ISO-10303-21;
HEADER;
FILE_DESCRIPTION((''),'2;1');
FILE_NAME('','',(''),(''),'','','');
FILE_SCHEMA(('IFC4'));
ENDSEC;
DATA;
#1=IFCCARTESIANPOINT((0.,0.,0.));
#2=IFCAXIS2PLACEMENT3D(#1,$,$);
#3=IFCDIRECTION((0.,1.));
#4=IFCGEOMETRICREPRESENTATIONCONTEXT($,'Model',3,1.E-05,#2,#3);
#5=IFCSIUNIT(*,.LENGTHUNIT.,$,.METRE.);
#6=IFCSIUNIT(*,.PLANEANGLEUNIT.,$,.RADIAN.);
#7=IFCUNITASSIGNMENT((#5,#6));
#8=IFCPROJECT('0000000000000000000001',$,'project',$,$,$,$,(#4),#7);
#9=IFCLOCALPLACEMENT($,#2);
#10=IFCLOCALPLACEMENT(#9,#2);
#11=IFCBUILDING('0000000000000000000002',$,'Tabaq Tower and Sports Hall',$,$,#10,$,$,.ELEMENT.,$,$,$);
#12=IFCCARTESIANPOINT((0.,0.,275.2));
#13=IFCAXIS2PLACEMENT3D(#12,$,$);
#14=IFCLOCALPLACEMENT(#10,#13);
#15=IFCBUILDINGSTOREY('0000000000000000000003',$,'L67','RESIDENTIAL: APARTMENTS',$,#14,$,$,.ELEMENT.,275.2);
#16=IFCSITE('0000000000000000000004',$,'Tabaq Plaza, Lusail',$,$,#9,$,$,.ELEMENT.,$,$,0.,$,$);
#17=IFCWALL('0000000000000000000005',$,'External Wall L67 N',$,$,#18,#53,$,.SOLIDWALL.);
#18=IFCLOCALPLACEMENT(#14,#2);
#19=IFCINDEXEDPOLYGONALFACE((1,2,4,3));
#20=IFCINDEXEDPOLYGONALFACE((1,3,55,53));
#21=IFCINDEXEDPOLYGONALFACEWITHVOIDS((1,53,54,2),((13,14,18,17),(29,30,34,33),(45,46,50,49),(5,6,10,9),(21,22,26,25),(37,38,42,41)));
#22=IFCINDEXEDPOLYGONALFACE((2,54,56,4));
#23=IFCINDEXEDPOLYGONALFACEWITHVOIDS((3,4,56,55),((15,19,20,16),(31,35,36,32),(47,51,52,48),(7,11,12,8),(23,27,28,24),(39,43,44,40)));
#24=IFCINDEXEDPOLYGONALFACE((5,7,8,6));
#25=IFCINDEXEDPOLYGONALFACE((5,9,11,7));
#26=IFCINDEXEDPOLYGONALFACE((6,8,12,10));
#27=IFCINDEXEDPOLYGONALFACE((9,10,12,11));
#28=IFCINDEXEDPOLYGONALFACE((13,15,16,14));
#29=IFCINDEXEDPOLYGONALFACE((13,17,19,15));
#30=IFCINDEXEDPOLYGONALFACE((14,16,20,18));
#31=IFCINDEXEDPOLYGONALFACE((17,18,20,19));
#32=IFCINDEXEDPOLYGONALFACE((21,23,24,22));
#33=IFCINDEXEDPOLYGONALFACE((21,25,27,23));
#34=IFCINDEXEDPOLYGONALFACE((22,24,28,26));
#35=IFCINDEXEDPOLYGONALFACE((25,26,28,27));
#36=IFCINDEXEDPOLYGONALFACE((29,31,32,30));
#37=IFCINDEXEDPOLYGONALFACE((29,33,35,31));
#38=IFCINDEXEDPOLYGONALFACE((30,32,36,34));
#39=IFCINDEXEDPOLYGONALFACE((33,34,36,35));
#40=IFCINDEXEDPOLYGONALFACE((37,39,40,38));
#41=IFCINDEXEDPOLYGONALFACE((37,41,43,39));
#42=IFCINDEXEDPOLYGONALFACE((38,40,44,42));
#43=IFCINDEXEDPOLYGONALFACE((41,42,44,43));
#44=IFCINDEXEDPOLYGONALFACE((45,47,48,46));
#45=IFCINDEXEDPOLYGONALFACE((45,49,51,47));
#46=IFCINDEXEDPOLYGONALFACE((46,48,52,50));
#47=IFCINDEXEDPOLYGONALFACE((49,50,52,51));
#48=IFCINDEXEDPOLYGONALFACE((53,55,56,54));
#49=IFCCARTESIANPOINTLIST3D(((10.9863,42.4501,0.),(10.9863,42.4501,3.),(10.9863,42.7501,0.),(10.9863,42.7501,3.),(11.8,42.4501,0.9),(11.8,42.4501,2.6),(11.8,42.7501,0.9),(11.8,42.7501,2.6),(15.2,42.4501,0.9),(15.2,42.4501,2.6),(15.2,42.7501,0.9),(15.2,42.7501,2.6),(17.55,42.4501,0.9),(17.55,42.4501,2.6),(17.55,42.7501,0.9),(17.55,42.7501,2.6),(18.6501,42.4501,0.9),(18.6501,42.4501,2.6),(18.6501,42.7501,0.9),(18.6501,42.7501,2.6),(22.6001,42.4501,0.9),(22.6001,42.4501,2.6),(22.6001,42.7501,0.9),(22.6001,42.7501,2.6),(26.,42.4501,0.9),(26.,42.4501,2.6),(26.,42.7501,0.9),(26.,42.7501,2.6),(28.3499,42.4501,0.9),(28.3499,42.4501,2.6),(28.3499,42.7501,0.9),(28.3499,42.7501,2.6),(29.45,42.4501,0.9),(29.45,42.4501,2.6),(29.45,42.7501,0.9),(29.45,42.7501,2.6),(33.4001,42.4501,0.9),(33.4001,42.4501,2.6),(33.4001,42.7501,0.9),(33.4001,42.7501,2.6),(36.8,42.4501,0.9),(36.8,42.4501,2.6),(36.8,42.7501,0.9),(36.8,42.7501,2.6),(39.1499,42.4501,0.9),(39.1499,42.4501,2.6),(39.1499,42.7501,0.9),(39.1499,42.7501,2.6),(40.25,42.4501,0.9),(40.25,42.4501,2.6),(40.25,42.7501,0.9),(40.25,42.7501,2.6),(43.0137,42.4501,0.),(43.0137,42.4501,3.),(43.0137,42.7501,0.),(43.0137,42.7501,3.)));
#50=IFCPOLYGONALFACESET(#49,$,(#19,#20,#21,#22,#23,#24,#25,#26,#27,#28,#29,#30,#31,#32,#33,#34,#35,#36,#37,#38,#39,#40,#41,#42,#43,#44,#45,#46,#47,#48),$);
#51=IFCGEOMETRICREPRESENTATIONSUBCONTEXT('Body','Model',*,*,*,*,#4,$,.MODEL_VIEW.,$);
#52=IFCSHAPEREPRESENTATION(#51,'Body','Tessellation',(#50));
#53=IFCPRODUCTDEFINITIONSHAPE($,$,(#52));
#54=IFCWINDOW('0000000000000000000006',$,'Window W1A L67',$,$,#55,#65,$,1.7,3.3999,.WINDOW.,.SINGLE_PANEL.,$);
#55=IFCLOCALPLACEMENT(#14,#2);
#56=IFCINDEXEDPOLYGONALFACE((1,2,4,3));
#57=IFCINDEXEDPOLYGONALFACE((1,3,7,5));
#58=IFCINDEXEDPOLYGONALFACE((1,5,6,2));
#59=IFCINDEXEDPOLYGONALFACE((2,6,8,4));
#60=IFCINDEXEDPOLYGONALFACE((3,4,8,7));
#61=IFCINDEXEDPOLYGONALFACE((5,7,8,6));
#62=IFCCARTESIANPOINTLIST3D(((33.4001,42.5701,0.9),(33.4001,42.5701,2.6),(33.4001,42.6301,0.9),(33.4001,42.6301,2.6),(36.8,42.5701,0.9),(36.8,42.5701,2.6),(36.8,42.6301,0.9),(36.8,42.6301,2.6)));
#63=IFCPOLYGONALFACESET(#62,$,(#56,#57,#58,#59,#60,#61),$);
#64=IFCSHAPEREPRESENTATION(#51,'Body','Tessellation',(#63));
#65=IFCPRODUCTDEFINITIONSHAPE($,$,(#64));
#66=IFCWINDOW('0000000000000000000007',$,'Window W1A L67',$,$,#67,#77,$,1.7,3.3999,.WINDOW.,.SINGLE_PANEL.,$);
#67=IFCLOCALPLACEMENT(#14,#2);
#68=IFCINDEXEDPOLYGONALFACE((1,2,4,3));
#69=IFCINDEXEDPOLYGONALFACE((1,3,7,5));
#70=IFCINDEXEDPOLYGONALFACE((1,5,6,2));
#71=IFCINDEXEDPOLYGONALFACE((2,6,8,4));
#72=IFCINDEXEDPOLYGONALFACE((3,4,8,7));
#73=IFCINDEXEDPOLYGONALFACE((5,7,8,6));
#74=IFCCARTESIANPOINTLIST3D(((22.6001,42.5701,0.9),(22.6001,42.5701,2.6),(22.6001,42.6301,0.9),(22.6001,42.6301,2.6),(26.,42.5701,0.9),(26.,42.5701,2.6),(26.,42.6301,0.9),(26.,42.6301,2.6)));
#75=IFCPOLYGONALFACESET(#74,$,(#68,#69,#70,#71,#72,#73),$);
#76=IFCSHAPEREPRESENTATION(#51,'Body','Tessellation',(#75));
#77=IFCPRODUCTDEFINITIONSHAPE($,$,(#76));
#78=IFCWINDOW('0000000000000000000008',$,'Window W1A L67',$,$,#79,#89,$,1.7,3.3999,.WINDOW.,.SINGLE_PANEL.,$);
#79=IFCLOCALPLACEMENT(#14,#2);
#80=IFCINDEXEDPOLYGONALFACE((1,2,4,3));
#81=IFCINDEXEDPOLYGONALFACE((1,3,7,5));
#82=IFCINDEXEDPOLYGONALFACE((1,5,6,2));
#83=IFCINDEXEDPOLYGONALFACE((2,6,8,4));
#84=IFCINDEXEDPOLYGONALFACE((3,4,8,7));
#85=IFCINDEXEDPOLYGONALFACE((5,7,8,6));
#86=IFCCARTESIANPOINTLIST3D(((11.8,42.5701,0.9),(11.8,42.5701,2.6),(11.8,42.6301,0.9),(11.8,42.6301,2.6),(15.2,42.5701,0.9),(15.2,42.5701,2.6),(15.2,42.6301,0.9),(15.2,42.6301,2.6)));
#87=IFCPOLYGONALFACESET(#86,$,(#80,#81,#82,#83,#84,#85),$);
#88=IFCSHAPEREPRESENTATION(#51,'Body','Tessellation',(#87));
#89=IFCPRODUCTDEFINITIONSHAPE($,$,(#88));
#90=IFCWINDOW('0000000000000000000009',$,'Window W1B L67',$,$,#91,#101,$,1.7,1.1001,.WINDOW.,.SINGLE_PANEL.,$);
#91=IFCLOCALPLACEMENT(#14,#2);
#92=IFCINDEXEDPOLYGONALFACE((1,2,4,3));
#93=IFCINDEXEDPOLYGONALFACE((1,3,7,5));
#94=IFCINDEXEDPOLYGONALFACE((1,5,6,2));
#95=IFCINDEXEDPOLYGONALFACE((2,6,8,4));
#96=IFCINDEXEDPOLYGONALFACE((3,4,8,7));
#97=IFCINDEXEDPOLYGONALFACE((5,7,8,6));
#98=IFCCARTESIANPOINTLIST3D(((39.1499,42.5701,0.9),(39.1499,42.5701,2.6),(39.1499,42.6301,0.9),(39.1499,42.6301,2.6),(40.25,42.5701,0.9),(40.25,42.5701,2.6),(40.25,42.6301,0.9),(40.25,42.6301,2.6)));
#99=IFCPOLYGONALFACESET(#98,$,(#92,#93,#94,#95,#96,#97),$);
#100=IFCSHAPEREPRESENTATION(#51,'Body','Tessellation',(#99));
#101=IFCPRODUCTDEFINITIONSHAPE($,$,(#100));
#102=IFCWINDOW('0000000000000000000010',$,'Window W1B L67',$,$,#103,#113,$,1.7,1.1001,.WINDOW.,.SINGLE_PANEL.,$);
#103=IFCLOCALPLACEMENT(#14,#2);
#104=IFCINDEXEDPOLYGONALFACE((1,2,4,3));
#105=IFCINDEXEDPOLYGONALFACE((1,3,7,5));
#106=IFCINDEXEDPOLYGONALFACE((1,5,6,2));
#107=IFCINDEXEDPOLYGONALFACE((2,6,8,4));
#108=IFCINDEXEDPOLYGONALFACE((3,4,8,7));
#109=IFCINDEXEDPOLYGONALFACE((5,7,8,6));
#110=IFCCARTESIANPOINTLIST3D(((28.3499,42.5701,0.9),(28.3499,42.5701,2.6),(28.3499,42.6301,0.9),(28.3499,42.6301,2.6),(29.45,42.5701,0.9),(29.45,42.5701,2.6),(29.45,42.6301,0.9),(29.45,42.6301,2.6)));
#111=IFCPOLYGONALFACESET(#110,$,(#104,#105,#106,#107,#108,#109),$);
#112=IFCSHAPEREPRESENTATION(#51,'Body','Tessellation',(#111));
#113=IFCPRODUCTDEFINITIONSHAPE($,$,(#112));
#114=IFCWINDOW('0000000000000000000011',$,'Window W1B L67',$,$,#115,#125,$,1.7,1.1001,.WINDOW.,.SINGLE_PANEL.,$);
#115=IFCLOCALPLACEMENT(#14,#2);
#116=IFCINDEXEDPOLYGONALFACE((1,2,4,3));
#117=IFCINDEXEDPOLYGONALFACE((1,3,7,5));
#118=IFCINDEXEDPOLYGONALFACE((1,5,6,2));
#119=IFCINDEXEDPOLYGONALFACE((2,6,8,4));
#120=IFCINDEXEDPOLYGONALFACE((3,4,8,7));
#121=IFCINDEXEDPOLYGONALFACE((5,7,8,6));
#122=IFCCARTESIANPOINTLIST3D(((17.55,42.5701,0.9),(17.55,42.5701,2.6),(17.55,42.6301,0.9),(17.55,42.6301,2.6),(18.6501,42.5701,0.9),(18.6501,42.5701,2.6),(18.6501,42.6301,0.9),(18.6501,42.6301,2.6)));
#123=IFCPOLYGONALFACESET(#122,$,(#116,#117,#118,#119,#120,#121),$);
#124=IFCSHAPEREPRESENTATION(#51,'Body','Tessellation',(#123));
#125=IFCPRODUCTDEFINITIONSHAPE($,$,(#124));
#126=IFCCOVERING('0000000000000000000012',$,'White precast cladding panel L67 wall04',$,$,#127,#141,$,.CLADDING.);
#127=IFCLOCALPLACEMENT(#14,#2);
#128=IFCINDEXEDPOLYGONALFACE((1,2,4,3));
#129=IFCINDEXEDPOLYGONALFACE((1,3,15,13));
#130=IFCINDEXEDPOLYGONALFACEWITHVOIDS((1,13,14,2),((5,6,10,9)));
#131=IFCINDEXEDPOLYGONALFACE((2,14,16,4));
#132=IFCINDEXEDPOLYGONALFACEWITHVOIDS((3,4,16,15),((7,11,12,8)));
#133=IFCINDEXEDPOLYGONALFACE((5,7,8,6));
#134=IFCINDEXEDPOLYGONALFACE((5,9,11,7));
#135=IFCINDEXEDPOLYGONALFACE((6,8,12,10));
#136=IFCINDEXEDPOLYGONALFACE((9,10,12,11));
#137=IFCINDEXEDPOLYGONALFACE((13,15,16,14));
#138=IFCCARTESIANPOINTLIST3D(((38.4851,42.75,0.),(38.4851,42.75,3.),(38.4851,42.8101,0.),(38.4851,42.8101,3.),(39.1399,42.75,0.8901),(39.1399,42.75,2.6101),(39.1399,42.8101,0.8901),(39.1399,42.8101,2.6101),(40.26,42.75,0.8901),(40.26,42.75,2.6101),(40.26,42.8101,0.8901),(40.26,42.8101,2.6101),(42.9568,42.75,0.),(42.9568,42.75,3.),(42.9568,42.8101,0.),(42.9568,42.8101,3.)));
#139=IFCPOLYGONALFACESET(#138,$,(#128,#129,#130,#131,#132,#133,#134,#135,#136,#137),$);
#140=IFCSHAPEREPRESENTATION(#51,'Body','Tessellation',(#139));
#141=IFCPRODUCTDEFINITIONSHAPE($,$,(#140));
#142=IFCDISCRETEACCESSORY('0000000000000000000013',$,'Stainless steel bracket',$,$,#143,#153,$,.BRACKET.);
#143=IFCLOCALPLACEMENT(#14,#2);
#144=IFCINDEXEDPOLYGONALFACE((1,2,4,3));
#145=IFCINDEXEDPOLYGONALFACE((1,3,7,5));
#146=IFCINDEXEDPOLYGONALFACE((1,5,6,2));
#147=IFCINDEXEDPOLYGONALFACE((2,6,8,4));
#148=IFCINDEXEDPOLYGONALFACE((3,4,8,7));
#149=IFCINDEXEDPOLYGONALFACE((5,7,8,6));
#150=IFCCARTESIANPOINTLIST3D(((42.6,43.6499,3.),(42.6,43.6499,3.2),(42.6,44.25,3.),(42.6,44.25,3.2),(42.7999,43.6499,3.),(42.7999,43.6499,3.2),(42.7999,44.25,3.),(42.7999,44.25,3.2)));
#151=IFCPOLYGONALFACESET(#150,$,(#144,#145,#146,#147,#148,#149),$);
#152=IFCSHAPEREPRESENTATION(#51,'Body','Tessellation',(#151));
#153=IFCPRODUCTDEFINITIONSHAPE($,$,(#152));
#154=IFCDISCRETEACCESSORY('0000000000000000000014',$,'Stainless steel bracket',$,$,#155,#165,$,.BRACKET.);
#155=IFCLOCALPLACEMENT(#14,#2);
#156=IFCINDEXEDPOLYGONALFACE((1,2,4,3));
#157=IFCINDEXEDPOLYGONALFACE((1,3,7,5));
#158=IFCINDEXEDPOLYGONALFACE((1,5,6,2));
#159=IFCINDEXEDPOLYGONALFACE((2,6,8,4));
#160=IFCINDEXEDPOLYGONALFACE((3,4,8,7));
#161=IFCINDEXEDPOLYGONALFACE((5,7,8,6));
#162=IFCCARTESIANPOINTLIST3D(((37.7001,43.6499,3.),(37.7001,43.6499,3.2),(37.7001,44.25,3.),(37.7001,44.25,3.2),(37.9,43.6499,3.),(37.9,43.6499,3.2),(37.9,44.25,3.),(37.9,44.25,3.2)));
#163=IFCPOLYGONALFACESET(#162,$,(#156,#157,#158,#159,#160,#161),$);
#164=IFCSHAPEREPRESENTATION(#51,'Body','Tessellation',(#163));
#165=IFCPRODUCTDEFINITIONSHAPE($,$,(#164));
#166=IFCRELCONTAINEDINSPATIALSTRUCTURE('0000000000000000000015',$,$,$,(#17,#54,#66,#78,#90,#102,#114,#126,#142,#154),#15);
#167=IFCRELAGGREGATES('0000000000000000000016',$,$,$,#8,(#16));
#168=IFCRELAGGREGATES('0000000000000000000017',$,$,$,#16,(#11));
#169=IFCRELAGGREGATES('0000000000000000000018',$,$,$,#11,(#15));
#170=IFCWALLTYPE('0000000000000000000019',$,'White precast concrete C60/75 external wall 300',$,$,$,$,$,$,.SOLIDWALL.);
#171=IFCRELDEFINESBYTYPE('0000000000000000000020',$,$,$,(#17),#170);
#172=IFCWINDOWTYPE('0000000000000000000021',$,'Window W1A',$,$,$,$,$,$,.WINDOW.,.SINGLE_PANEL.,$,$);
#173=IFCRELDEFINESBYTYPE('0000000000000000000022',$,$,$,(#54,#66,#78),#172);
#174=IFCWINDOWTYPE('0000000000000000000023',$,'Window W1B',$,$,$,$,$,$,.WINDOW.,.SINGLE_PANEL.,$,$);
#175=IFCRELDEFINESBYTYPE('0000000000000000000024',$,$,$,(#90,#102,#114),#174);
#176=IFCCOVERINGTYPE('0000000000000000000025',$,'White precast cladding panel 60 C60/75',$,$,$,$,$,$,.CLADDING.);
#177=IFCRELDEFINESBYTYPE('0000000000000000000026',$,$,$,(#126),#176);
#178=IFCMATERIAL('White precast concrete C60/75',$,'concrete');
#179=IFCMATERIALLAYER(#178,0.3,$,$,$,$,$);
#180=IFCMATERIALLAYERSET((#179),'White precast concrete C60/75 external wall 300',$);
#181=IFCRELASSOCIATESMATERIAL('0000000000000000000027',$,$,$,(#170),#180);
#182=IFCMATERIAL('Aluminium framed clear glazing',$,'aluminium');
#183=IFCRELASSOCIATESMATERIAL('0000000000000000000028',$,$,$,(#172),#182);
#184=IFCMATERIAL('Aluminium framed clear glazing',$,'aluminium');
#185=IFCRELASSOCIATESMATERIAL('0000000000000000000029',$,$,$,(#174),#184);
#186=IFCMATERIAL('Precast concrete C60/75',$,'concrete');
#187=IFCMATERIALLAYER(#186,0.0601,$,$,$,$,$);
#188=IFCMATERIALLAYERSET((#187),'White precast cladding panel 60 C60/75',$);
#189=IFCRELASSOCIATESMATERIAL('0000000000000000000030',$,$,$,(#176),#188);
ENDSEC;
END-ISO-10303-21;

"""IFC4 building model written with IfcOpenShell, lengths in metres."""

from ifc_helpers import new_model, si_unit, direction, frame, frame_2d, origin, origin_2d, place, context, subcontext, project, spatial, polyline, rectangle, outline, extrude, material, layer, layer_set, type_object, element, fill, save


model = new_model("IFC4")

# Units and contexts
model_context = context("Model", 3, precision=1e-05, world=origin(), true_north=direction((0.0, 1.0)))
body_context = subcontext(model_context, "Body", "Model", "MODEL_VIEW")
ifc_project = project(units=[si_unit("LENGTHUNIT", "METRE"), si_unit("PLANEANGLEUNIT", "RADIAN")], contexts=[model_context])

# Site, building, storey
site_placement = place(None, origin())
site = spatial("IfcSite", under=ifc_project, at=site_placement, Name="Tabaq Plaza, Lusail", CompositionType="ELEMENT", RefElevation=0.0)
building_placement = place(site_placement, origin())
building = spatial("IfcBuilding", under=site, at=building_placement, Name="Tabaq Tower and Sports Hall", CompositionType="ELEMENT")
storey_placement = place(building_placement, frame((0.0, 0.0, 275.2)))
storey = spatial("IfcBuildingStorey", under=building, at=storey_placement, Name="L67", Description="RESIDENTIAL: APARTMENTS", CompositionType="ELEMENT", Elevation=275.2)

# Wall, openings, windows
ifc_material_1 = material(Name="White precast concrete C60/75", Category="concrete")
ifc_layer_1 = layer(ifc_material_1, 0.3)
ifc_layer_set_1 = layer_set([ifc_layer_1], Name="White precast concrete C60/75 external wall 300")
wall_type_1 = type_object("IfcWallType", Name="White precast concrete C60/75 external wall 300", PredefinedType="SOLIDWALL", material=ifc_layer_set_1)
wall_1_placement = place(storey_placement, frame((43.0137, 42.6001, 0.0), z_axis=(0.0, 0.0, 1.0), x_axis=(-1.0, 0.0, 0.0)))
wall_1 = element("IfcWall", 1, at=wall_1_placement, inside=storey, type_object=wall_type_1, Name="External Wall L67 N", PredefinedType="SOLIDWALL", context=body_context, shape_type="SweptSolid", body=[
    extrude(rectangle(XDim=32.0273, YDim=0.3, at=frame_2d((16.0137, 0.0))), origin(), (0.0, 0.0, 1.0), 3.0),
])
opening_1_placement = place(wall_1_placement, frame((2.7637, 0.0, 0.8999)))
opening_1 = element("IfcOpeningElement", 2, at=opening_1_placement, cuts=wall_1, PredefinedType="OPENING", context=body_context, shape_type="SweptSolid", body=[
    extrude(rectangle(XDim=1.1001, YDim=1.7, at=frame_2d((0.55, 0.8501))), frame((0.0, 0.1602, 0.0), z_axis=(0.0, -1.0, 0.0), x_axis=(1.0, 0.0, 0.0)), (0.0, 0.0, 1.0), 0.3201),
])
opening_2_placement = place(wall_1_placement, frame((6.2136, 0.0, 0.8999)))
opening_2 = element("IfcOpeningElement", 3, at=opening_2_placement, cuts=wall_1, PredefinedType="OPENING", context=body_context, shape_type="SweptSolid", body=[
    extrude(rectangle(XDim=3.3999, YDim=1.7, at=frame_2d((1.7, 0.8501))), frame((0.0, 0.1602, 0.0), z_axis=(0.0, -1.0, 0.0), x_axis=(1.0, 0.0, 0.0)), (0.0, 0.0, 1.0), 0.3201),
])
opening_3_placement = place(wall_1_placement, frame((13.5637, 0.0, 0.8999)))
opening_3 = element("IfcOpeningElement", 4, at=opening_3_placement, cuts=wall_1, PredefinedType="OPENING", context=body_context, shape_type="SweptSolid", body=[
    extrude(rectangle(XDim=1.1001, YDim=1.7, at=frame_2d((0.55, 0.8501))), frame((0.0, 0.1602, 0.0), z_axis=(0.0, -1.0, 0.0), x_axis=(1.0, 0.0, 0.0)), (0.0, 0.0, 1.0), 0.3201),
])
opening_4_placement = place(wall_1_placement, frame((17.0137, 0.0, 0.8999)))
opening_4 = element("IfcOpeningElement", 5, at=opening_4_placement, cuts=wall_1, PredefinedType="OPENING", context=body_context, shape_type="SweptSolid", body=[
    extrude(rectangle(XDim=3.3999, YDim=1.7, at=frame_2d((1.7, 0.8501))), frame((0.0, 0.1602, 0.0), z_axis=(0.0, -1.0, 0.0), x_axis=(1.0, 0.0, 0.0)), (0.0, 0.0, 1.0), 0.3201),
])
opening_5_placement = place(wall_1_placement, frame((24.3635, 0.0, 0.8999)))
opening_5 = element("IfcOpeningElement", 6, at=opening_5_placement, cuts=wall_1, PredefinedType="OPENING", context=body_context, shape_type="SweptSolid", body=[
    extrude(rectangle(XDim=1.1001, YDim=1.7, at=frame_2d((0.55, 0.8501))), frame((0.0, 0.1602, 0.0), z_axis=(0.0, -1.0, 0.0), x_axis=(1.0, 0.0, 0.0)), (0.0, 0.0, 1.0), 0.3201),
])
opening_6_placement = place(wall_1_placement, frame((27.8137, 0.0, 0.8999)))
opening_6 = element("IfcOpeningElement", 7, at=opening_6_placement, cuts=wall_1, PredefinedType="OPENING", context=body_context, shape_type="SweptSolid", body=[
    extrude(rectangle(XDim=3.3999, YDim=1.7, at=frame_2d((1.7, 0.8501))), frame((0.0, 0.1602, 0.0), z_axis=(0.0, -1.0, 0.0), x_axis=(1.0, 0.0, 0.0)), (0.0, 0.0, 1.0), 0.3201),
])
ifc_material_2 = material(Name="Aluminium framed clear glazing", Category="aluminium")
window_type_1 = type_object("IfcWindowType", Name="Window W1A", PartitioningType="SINGLE_PANEL", PredefinedType="WINDOW", material=ifc_material_2)
window_1_placement = place(opening_2_placement, origin())
window_1 = element("IfcWindow", 8, at=window_1_placement, inside=storey, type_object=window_type_1, Name="Window W1A L67", OverallHeight=1.7, OverallWidth=3.3999, PartitioningType="SINGLE_PANEL", PredefinedType="WINDOW", context=body_context, shape_type="SweptSolid", body=[
    extrude(rectangle(XDim=3.3999, YDim=1.7, at=frame_2d((1.7, 0.8501))), frame((0.0, 0.03, 0.0), z_axis=(0.0, -1.0, 0.0), x_axis=(1.0, 0.0, 0.0)), (0.0, 0.0, 1.0), 0.0601),
])
fill(opening_2, window_1)
window_2_placement = place(opening_4_placement, origin())
window_2 = element("IfcWindow", 9, at=window_2_placement, inside=storey, type_object=window_type_1, Name="Window W1A L67", OverallHeight=1.7, OverallWidth=3.3999, PartitioningType="SINGLE_PANEL", PredefinedType="WINDOW", context=body_context, shape_type="SweptSolid", body=[
    extrude(rectangle(XDim=3.3999, YDim=1.7, at=frame_2d((1.7, 0.8501))), frame((0.0, 0.03, 0.0), z_axis=(0.0, -1.0, 0.0), x_axis=(1.0, 0.0, 0.0)), (0.0, 0.0, 1.0), 0.0601),
])
fill(opening_4, window_2)
window_3_placement = place(opening_6_placement, origin())
window_3 = element("IfcWindow", 10, at=window_3_placement, inside=storey, type_object=window_type_1, Name="Window W1A L67", OverallHeight=1.7, OverallWidth=3.3999, PartitioningType="SINGLE_PANEL", PredefinedType="WINDOW", context=body_context, shape_type="SweptSolid", body=[
    extrude(rectangle(XDim=3.3999, YDim=1.7, at=frame_2d((1.7, 0.8501))), frame((0.0, 0.03, 0.0), z_axis=(0.0, -1.0, 0.0), x_axis=(1.0, 0.0, 0.0)), (0.0, 0.0, 1.0), 0.0601),
])
fill(opening_6, window_3)
ifc_material_3 = material(Name="Aluminium framed clear glazing", Category="aluminium")
window_type_2 = type_object("IfcWindowType", Name="Window W1B", PartitioningType="SINGLE_PANEL", PredefinedType="WINDOW", material=ifc_material_3)
window_4_placement = place(opening_1_placement, origin())
window_4 = element("IfcWindow", 11, at=window_4_placement, inside=storey, type_object=window_type_2, Name="Window W1B L67", OverallHeight=1.7, OverallWidth=1.1001, PartitioningType="SINGLE_PANEL", PredefinedType="WINDOW", context=body_context, shape_type="SweptSolid", body=[
    extrude(rectangle(XDim=1.1001, YDim=1.7, at=frame_2d((0.55, 0.8501))), frame((0.0, 0.03, 0.0), z_axis=(0.0, -1.0, 0.0), x_axis=(1.0, 0.0, 0.0)), (0.0, 0.0, 1.0), 0.0601),
])
fill(opening_1, window_4)
window_5_placement = place(opening_3_placement, origin())
window_5 = element("IfcWindow", 12, at=window_5_placement, inside=storey, type_object=window_type_2, Name="Window W1B L67", OverallHeight=1.7, OverallWidth=1.1001, PartitioningType="SINGLE_PANEL", PredefinedType="WINDOW", context=body_context, shape_type="SweptSolid", body=[
    extrude(rectangle(XDim=1.1001, YDim=1.7, at=frame_2d((0.55, 0.8501))), frame((0.0, 0.03, 0.0), z_axis=(0.0, -1.0, 0.0), x_axis=(1.0, 0.0, 0.0)), (0.0, 0.0, 1.0), 0.0601),
])
fill(opening_3, window_5)
window_6_placement = place(opening_5_placement, origin())
window_6 = element("IfcWindow", 13, at=window_6_placement, inside=storey, type_object=window_type_2, Name="Window W1B L67", OverallHeight=1.7, OverallWidth=1.1001, PartitioningType="SINGLE_PANEL", PredefinedType="WINDOW", context=body_context, shape_type="SweptSolid", body=[
    extrude(rectangle(XDim=1.1001, YDim=1.7, at=frame_2d((0.55, 0.8501))), frame((0.0, 0.03, 0.0), z_axis=(0.0, -1.0, 0.0), x_axis=(1.0, 0.0, 0.0)), (0.0, 0.0, 1.0), 0.0601),
])
fill(opening_5, window_6)

# Covering
ifc_material_4 = material(Name="Precast concrete C60/75", Category="concrete")
ifc_layer_2 = layer(ifc_material_4, 0.0601)
ifc_layer_set_2 = layer_set([ifc_layer_2], Name="White precast cladding panel 60 C60/75")
covering_type = type_object("IfcCoveringType", Name="White precast cladding panel 60 C60/75", PredefinedType="CLADDING", material=ifc_layer_set_2)
covering_placement = place(storey_placement, frame((42.9568, 42.78, 0.0), z_axis=(0.0, 0.0, 1.0), x_axis=(-1.0, 0.0, 0.0)))
element("IfcCovering", 14, at=covering_placement, inside=storey, type_object=covering_type, Name="White precast cladding panel L67 wall04", PredefinedType="CLADDING", context=body_context, shape_type="SweptSolid", body=[
    extrude(outline(polyline([(0.0, 0.0), (4.4717, 0.0), (4.4717, 3.0), (0.0, 3.0), (0.0, 0.0)]), holes=[polyline([(2.6968, 0.8901), (2.6968, 2.6101), (3.8169, 2.6101), (3.8169, 0.8901), (2.6968, 0.8901)])]), frame((0.0, 0.03, 0.0), z_axis=(0.0, -1.0, 0.0), x_axis=(1.0, 0.0, 0.0)), (0.0, 0.0, 1.0), 0.0601),
])

# Discrete accessories
for number, where, z_axis, x_axis, name in (
    (15, (42.7, 43.95, 3.0), (0.0, 0.0, 1.0), (0.0, 1.0, 0.0), "Stainless steel bracket"),
    (16, (37.8, 43.95, 3.0), (0.0, 0.0, 1.0), (0.0, 1.0, 0.0), "Stainless steel bracket"),
):
    element("IfcDiscreteAccessory", number, at=place(storey_placement, frame(where, z_axis=z_axis, x_axis=x_axis)), inside=storey, Name=name, PredefinedType="BRACKET", context=body_context, shape_type="SweptSolid", body=[
        extrude(rectangle(XDim=0.6001, YDim=0.2, at=origin_2d()), origin(), (0.0, 0.0, 1.0), 0.2),
    ])

save(model, "model.ifc")
